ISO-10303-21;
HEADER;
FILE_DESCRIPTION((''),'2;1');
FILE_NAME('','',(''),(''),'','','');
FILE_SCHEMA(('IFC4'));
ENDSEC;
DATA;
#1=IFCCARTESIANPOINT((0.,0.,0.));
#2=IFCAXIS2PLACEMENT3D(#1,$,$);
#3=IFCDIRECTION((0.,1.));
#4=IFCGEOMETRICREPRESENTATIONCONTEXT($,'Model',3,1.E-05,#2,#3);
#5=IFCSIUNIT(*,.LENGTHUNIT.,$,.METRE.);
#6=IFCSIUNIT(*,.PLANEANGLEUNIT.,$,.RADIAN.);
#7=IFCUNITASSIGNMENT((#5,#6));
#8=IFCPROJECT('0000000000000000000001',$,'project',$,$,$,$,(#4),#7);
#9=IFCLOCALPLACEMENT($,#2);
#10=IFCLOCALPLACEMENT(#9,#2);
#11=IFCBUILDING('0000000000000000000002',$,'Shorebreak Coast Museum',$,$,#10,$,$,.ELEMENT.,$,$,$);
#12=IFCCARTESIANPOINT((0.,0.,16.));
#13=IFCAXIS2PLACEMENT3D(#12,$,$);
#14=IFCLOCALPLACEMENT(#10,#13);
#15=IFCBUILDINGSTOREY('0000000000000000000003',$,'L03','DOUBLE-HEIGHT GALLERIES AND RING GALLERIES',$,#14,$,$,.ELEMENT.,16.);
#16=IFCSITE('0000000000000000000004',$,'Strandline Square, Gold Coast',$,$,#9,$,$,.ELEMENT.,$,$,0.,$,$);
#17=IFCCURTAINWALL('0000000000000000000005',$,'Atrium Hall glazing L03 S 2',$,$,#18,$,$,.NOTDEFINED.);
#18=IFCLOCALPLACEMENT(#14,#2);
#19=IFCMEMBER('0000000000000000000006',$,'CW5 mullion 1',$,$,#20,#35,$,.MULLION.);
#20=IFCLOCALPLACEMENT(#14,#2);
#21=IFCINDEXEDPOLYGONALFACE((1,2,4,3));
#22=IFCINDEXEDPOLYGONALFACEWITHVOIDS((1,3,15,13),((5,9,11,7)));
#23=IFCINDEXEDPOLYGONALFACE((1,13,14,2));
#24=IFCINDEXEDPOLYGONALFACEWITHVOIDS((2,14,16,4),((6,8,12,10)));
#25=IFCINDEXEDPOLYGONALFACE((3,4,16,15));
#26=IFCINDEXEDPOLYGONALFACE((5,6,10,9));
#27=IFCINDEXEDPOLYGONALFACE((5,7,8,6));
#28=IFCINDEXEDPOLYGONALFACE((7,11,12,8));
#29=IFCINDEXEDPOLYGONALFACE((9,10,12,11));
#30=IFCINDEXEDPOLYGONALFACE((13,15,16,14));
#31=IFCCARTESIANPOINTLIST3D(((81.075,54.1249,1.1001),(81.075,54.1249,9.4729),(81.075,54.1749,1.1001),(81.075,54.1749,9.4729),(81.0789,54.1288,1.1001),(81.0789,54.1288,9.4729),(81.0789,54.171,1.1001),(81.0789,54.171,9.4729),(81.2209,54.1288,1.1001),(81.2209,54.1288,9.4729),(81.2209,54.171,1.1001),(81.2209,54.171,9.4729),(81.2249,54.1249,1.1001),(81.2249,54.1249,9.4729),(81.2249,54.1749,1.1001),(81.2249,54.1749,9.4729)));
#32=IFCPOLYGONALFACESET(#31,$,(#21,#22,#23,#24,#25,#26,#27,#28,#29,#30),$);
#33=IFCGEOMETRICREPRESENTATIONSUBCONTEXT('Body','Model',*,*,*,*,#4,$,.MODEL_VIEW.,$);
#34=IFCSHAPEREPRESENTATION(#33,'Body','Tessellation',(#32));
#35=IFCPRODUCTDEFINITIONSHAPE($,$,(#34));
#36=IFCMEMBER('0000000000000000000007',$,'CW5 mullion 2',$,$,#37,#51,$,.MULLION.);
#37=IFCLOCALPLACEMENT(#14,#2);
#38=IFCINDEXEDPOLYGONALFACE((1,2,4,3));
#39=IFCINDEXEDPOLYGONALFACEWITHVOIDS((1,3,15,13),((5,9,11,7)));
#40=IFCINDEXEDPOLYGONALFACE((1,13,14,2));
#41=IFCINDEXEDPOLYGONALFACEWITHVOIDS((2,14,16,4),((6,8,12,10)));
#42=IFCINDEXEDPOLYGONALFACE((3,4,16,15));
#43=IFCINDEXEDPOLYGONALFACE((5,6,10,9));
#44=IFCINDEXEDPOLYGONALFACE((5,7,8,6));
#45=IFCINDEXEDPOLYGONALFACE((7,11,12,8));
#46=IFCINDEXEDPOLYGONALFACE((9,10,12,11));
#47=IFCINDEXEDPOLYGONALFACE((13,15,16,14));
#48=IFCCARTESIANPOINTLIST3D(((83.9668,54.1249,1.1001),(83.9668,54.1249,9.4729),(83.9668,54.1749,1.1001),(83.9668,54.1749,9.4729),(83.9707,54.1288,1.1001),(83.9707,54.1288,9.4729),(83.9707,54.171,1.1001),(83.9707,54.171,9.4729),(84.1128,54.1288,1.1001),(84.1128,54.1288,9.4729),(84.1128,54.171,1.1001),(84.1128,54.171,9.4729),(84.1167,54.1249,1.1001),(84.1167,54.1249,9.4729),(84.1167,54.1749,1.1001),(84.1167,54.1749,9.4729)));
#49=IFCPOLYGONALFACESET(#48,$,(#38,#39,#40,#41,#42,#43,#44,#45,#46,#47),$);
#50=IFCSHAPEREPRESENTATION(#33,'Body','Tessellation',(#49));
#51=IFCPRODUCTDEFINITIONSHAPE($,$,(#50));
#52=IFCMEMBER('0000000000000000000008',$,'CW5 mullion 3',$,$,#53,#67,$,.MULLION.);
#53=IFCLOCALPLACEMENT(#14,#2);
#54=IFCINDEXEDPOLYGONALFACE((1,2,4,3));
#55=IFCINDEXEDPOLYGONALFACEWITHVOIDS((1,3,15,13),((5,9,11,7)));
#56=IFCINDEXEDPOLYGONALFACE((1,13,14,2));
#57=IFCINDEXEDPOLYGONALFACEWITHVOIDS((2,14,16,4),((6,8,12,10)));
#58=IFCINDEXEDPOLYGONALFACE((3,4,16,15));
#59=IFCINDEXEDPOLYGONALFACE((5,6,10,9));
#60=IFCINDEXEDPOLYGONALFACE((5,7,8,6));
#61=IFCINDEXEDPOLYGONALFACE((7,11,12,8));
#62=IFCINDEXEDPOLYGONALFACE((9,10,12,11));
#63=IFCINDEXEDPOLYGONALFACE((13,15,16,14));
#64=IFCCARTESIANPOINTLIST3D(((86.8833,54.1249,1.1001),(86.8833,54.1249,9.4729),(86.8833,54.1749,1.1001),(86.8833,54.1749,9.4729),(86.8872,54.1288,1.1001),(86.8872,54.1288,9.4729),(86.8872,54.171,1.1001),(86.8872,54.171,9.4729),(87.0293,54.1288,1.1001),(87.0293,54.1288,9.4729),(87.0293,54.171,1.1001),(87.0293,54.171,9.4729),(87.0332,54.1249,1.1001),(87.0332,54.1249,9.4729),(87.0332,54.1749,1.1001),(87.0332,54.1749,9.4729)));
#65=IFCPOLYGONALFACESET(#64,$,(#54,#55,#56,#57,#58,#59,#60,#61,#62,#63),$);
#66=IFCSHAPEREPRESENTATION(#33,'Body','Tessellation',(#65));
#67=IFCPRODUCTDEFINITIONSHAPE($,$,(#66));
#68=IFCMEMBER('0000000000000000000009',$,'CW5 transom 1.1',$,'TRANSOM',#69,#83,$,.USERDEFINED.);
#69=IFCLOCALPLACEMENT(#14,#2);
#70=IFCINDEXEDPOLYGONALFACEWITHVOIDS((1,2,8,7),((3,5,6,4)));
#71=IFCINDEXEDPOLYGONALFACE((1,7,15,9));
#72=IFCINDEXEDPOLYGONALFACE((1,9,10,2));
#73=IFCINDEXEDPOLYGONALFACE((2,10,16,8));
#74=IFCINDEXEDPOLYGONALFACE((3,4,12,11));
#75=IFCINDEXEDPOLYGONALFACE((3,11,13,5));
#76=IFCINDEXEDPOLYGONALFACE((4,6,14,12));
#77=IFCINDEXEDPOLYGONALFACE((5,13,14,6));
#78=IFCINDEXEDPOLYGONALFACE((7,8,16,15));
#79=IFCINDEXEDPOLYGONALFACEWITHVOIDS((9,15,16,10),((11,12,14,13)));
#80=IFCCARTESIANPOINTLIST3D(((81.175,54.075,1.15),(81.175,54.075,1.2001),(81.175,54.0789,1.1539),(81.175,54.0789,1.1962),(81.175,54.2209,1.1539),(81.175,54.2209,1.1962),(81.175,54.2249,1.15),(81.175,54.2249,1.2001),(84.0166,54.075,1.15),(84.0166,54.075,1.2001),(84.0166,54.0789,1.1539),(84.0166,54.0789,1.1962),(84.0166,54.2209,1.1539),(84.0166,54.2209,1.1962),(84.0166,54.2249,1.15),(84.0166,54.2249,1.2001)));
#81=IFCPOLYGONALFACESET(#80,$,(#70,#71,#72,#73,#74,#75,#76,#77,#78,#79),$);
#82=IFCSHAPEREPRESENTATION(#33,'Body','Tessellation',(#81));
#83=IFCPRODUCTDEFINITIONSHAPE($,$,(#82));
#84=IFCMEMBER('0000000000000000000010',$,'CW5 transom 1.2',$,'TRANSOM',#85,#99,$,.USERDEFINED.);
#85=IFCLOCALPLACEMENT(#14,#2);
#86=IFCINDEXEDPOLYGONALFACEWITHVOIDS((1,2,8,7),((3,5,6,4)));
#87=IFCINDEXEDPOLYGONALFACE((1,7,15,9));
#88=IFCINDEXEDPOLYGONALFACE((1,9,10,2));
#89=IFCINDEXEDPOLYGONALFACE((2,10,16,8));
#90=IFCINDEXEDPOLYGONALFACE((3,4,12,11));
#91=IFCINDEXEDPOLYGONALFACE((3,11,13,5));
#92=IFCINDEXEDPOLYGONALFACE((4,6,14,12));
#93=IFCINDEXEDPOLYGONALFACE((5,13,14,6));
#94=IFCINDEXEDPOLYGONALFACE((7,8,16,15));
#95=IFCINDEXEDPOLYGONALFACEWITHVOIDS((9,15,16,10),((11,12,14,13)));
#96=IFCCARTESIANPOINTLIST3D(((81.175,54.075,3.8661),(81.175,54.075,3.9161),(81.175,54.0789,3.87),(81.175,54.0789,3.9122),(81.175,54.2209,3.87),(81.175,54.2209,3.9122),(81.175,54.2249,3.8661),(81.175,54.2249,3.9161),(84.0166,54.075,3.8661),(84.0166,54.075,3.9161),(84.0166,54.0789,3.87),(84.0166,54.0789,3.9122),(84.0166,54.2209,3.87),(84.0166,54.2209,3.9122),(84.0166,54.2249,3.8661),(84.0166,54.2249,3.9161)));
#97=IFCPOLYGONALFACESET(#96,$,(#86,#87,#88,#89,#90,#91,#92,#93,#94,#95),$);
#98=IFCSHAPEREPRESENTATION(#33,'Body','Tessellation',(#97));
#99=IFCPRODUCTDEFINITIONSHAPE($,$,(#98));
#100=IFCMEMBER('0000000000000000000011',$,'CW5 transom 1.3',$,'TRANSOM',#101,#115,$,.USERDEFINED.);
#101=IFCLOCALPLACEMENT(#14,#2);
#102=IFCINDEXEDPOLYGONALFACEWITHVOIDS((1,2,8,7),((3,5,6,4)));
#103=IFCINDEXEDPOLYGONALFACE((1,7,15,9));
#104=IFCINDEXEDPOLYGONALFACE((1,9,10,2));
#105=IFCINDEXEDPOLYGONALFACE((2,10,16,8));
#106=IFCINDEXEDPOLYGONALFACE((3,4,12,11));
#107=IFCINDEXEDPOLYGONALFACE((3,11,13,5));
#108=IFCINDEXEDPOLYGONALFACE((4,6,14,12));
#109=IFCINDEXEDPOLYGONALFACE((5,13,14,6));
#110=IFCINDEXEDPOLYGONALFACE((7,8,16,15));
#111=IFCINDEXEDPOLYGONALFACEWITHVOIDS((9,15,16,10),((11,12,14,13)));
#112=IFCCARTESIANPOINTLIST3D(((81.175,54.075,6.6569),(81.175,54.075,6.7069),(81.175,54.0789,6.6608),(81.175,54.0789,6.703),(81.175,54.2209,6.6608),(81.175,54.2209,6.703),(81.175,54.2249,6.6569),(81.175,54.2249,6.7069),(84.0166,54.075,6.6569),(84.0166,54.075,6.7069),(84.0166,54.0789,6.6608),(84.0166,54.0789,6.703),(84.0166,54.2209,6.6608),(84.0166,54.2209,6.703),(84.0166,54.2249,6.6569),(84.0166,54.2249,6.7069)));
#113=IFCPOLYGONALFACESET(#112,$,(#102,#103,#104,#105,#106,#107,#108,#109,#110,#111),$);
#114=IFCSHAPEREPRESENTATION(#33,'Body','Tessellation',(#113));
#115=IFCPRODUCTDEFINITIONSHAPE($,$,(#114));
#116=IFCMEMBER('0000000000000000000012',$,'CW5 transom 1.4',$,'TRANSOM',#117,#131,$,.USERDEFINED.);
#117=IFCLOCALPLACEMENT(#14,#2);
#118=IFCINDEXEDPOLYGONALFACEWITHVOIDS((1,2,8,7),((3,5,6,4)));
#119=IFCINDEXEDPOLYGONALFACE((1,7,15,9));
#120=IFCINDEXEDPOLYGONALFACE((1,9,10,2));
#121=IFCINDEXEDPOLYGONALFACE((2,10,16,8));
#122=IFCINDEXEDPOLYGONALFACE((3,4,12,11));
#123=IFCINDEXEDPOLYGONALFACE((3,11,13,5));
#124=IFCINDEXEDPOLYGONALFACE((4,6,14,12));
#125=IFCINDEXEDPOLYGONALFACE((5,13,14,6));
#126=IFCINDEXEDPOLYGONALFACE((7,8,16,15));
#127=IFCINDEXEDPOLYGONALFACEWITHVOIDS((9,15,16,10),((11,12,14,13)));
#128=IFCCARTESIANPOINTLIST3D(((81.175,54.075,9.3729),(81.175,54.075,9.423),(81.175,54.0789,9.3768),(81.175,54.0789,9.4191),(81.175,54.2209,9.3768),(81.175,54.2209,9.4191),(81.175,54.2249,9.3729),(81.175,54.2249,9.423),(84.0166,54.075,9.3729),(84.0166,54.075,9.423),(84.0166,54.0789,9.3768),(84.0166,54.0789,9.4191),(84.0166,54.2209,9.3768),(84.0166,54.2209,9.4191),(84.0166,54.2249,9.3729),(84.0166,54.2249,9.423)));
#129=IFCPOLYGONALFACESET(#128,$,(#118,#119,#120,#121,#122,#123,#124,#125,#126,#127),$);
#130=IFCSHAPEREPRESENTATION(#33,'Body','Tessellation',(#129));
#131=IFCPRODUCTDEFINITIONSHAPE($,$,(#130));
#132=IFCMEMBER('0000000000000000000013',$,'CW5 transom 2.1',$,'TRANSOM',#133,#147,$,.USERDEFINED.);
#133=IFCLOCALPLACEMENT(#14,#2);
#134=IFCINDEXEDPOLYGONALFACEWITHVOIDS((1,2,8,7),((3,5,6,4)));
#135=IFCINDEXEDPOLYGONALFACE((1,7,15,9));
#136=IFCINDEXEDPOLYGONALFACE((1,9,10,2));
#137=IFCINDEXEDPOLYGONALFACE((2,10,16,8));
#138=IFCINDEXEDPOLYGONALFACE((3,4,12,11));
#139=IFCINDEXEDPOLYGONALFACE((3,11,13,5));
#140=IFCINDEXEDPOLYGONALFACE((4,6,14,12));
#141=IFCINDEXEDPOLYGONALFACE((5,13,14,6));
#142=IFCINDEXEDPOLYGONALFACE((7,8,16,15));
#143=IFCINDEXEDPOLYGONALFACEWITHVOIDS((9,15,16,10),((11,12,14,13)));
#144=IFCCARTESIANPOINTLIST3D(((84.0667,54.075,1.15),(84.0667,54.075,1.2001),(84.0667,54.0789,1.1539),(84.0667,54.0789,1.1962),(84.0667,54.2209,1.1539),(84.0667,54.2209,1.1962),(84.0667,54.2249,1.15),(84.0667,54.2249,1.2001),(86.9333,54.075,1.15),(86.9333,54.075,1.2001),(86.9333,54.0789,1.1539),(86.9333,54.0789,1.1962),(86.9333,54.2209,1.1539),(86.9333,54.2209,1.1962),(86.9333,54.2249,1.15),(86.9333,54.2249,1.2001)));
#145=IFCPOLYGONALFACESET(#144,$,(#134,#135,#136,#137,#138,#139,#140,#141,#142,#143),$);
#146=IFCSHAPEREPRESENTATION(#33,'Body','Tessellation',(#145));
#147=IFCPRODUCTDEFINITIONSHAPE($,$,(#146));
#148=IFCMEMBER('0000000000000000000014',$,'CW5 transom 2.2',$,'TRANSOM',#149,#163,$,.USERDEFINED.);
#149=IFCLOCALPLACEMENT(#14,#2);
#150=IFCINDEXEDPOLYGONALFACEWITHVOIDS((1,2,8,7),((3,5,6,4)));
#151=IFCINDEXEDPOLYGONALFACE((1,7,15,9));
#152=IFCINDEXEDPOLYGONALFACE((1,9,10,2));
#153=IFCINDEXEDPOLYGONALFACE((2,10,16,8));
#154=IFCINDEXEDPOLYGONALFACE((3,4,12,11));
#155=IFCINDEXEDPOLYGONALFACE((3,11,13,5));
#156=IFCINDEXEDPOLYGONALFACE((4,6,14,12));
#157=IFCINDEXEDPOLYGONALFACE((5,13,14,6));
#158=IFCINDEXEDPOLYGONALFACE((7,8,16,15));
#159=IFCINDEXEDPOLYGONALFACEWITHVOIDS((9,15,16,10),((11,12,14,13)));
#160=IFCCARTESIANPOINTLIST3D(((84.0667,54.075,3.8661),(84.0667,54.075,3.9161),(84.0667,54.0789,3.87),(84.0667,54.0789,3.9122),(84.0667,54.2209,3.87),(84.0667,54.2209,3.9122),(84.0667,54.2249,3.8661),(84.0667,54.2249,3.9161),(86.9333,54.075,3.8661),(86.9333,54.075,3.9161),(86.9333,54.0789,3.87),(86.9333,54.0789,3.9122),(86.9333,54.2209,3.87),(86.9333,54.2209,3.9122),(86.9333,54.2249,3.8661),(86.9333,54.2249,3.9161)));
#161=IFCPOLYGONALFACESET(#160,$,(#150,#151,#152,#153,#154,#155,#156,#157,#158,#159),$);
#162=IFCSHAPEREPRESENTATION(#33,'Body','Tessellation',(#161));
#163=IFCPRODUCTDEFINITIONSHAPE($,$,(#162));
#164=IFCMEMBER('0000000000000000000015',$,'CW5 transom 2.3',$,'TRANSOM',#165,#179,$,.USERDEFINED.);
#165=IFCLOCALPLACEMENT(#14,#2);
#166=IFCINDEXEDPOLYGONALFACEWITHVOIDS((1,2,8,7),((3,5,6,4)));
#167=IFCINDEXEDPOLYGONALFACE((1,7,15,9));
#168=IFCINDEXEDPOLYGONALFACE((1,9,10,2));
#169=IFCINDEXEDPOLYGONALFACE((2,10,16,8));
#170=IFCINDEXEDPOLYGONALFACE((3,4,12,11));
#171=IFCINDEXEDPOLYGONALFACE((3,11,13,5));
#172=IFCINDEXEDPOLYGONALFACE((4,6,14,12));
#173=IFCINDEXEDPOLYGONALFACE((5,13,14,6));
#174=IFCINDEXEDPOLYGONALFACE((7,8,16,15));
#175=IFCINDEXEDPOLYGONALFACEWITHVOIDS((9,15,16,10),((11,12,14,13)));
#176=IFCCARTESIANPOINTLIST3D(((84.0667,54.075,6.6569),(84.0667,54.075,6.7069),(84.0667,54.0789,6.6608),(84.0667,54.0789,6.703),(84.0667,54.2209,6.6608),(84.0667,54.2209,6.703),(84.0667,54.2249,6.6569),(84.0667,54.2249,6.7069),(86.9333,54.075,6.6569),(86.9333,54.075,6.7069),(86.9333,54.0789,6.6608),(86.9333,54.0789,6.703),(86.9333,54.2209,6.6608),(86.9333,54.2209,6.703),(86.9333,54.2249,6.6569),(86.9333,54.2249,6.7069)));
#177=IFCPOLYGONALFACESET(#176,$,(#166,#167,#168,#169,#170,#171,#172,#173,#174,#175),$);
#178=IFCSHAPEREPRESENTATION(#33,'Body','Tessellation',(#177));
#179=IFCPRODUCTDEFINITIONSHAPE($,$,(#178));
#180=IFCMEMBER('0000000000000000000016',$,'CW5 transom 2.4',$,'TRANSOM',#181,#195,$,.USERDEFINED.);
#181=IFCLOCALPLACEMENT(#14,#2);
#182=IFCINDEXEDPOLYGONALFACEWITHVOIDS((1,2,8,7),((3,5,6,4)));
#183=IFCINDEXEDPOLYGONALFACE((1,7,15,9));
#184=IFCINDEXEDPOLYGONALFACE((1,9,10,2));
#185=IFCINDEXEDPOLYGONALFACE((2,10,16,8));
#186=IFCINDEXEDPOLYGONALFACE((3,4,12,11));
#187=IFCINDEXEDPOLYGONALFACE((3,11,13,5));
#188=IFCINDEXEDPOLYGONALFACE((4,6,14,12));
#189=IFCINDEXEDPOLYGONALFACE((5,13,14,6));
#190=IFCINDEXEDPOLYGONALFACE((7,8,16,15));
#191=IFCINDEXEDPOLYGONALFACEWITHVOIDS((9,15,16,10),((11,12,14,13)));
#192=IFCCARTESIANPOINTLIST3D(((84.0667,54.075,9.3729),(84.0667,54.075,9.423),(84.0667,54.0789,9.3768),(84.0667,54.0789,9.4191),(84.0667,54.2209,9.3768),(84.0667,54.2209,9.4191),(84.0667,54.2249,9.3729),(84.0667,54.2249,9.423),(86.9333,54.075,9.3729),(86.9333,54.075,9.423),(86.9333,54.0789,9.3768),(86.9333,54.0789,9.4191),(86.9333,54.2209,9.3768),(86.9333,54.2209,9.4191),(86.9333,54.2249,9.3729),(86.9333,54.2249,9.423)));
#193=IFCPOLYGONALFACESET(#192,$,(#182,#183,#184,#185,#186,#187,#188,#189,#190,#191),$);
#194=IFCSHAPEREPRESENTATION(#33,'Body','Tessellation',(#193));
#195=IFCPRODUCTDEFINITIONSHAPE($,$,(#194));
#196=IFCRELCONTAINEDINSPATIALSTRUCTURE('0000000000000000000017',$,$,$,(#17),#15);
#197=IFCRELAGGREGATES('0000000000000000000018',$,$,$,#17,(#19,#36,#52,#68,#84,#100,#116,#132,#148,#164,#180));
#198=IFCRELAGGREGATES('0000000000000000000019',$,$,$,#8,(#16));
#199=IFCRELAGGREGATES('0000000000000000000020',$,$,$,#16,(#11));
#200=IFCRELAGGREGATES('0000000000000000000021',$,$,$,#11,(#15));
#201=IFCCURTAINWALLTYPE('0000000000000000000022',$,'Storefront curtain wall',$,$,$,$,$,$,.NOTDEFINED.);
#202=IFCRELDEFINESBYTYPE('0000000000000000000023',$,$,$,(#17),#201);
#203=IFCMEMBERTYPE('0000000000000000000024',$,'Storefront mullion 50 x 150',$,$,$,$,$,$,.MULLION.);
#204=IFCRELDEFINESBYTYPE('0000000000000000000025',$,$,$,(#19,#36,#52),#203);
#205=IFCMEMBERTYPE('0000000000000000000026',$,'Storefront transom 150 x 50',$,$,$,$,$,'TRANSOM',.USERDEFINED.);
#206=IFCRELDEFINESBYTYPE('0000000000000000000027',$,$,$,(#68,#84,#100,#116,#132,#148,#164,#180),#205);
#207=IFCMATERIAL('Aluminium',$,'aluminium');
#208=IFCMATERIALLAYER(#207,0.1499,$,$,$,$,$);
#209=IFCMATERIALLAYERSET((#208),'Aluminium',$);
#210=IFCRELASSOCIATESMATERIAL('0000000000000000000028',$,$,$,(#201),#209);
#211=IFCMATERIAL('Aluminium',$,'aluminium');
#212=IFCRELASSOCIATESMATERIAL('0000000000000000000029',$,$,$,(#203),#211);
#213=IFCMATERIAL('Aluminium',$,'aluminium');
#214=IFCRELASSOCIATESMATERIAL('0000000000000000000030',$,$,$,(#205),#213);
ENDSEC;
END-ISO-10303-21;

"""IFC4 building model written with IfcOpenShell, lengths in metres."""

from ifc_helpers import new_model, si_unit, direction, frame, origin, origin_2d, place, context, subcontext, project, spatial, hollow_rectangle, extrude, material, layer, layer_set, material_profile, profile_set, type_object, element, aggregate, save


model = new_model("IFC4")

# Units and contexts
model_context = context("Model", 3, precision=1e-05, world=origin(), true_north=direction((0.0, 1.0)))
body_context = subcontext(model_context, "Body", "Model", "MODEL_VIEW")
ifc_project = project(units=[si_unit("LENGTHUNIT", "METRE"), si_unit("PLANEANGLEUNIT", "RADIAN")], contexts=[model_context])

# Site, building, storey
site_placement = place(None, origin())
site = spatial("IfcSite", under=ifc_project, at=site_placement, Name="Strandline Square, Gold Coast", CompositionType="ELEMENT", RefElevation=0.0)
building_placement = place(site_placement, origin())
building = spatial("IfcBuilding", under=site, at=building_placement, Name="Shorebreak Coast Museum", CompositionType="ELEMENT")
storey_placement = place(building_placement, frame((0.0, 0.0, 16.0)))
storey = spatial("IfcBuildingStorey", under=building, at=storey_placement, Name="L03", Description="DOUBLE-HEIGHT GALLERIES AND RING GALLERIES", CompositionType="ELEMENT", Elevation=16.0)

# Curtain wall, members
ifc_material_1 = material(Name="Aluminium", Category="aluminium")
ifc_layer_1 = layer(ifc_material_1, 0.1499)
ifc_layer_set_1 = layer_set([ifc_layer_1], Name="Aluminium")
curtain_wall_type = type_object("IfcCurtainWallType", Name="Storefront curtain wall", PredefinedType="NOTDEFINED", material=ifc_layer_set_1)
curtain_wall_placement = place(storey_placement, origin())
curtain_wall = element("IfcCurtainWall", 1, at=curtain_wall_placement, inside=storey, type_object=curtain_wall_type, Name="Atrium Hall glazing L03 S 2", PredefinedType="NOTDEFINED")
ifc_material_2 = material(Name="Aluminium", Category="aluminium")
ifc_material_profile_1 = material_profile(ifc_material_2, hollow_rectangle(XDim=0.05, YDim=0.1499, WallThickness=0.0039, at=origin_2d()), Name="AL 150x50 RHS")
ifc_profile_set_1 = profile_set([ifc_material_profile_1], Name="Aluminium")
member_type_1 = type_object("IfcMemberType", Name="Storefront mullion 50 x 150", PredefinedType="MULLION", material=ifc_profile_set_1)
member_1_placement = place(storey_placement, frame((81.1499, 54.1499, 1.1001), z_axis=(0.0, 0.0, 1.0), x_axis=(0.0, 1.0, 0.0)))
member_1 = element("IfcMember", 2, at=member_1_placement, type_object=member_type_1, Name="CW5 mullion 1", PredefinedType="MULLION", context=body_context, shape_type="SweptSolid", body=[
    extrude(hollow_rectangle(XDim=0.05, YDim=0.1499, WallThickness=0.0039, at=origin_2d()), origin(), (0.0, 0.0, 1.0), 8.3728),
])
member_2_placement = place(storey_placement, frame((84.0417, 54.1499, 1.1001), z_axis=(0.0, 0.0, 1.0), x_axis=(0.0, 1.0, 0.0)))
member_2 = element("IfcMember", 3, at=member_2_placement, type_object=member_type_1, Name="CW5 mullion 2", PredefinedType="MULLION", context=body_context, shape_type="SweptSolid", body=[
    extrude(hollow_rectangle(XDim=0.05, YDim=0.1499, WallThickness=0.0039, at=origin_2d()), origin(), (0.0, 0.0, 1.0), 8.3728),
])
member_3_placement = place(storey_placement, frame((86.9583, 54.1499, 1.1001), z_axis=(0.0, 0.0, 1.0), x_axis=(0.0, 1.0, 0.0)))
member_3 = element("IfcMember", 4, at=member_3_placement, type_object=member_type_1, Name="CW5 mullion 3", PredefinedType="MULLION", context=body_context, shape_type="SweptSolid", body=[
    extrude(hollow_rectangle(XDim=0.05, YDim=0.1499, WallThickness=0.0039, at=origin_2d()), origin(), (0.0, 0.0, 1.0), 8.3728),
])
ifc_material_3 = material(Name="Aluminium", Category="aluminium")
ifc_material_profile_2 = material_profile(ifc_material_3, hollow_rectangle(XDim=0.1499, YDim=0.05, WallThickness=0.0039, at=origin_2d()), Name="AL 50x150 RHS")
ifc_profile_set_2 = profile_set([ifc_material_profile_2], Name="Aluminium")
member_type_2 = type_object("IfcMemberType", Name="Storefront transom 150 x 50", ElementType="TRANSOM", PredefinedType="USERDEFINED", material=ifc_profile_set_2)
member_4_placement = place(storey_placement, frame((81.175, 54.1499, 1.175), z_axis=(1.0, 0.0, 0.0), x_axis=(0.0, 1.0, 0.0)))
member_4 = element("IfcMember", 5, at=member_4_placement, type_object=member_type_2, Name="CW5 transom 1.1", ObjectType="TRANSOM", PredefinedType="USERDEFINED", context=body_context, shape_type="SweptSolid", body=[
    extrude(hollow_rectangle(XDim=0.1499, YDim=0.05, WallThickness=0.0039, at=origin_2d()), origin(), (0.0, 0.0, 1.0), 2.8416),
])
member_5_placement = place(storey_placement, frame((81.175, 54.1499, 3.8911), z_axis=(1.0, 0.0, 0.0), x_axis=(0.0, 1.0, 0.0)))
member_5 = element("IfcMember", 6, at=member_5_placement, type_object=member_type_2, Name="CW5 transom 1.2", ObjectType="TRANSOM", PredefinedType="USERDEFINED", context=body_context, shape_type="SweptSolid", body=[
    extrude(hollow_rectangle(XDim=0.1499, YDim=0.05, WallThickness=0.0039, at=origin_2d()), origin(), (0.0, 0.0, 1.0), 2.8416),
])
member_6_placement = place(storey_placement, frame((81.175, 54.1499, 6.6819), z_axis=(1.0, 0.0, 0.0), x_axis=(0.0, 1.0, 0.0)))
member_6 = element("IfcMember", 7, at=member_6_placement, type_object=member_type_2, Name="CW5 transom 1.3", ObjectType="TRANSOM", PredefinedType="USERDEFINED", context=body_context, shape_type="SweptSolid", body=[
    extrude(hollow_rectangle(XDim=0.1499, YDim=0.05, WallThickness=0.0039, at=origin_2d()), origin(), (0.0, 0.0, 1.0), 2.8416),
])
member_7_placement = place(storey_placement, frame((81.175, 54.1499, 9.3979), z_axis=(1.0, 0.0, 0.0), x_axis=(0.0, 1.0, 0.0)))
member_7 = element("IfcMember", 8, at=member_7_placement, type_object=member_type_2, Name="CW5 transom 1.4", ObjectType="TRANSOM", PredefinedType="USERDEFINED", context=body_context, shape_type="SweptSolid", body=[
    extrude(hollow_rectangle(XDim=0.1499, YDim=0.05, WallThickness=0.0039, at=origin_2d()), origin(), (0.0, 0.0, 1.0), 2.8416),
])
member_8_placement = place(storey_placement, frame((84.0667, 54.1499, 1.175), z_axis=(1.0, 0.0, 0.0), x_axis=(0.0, 1.0, 0.0)))
member_8 = element("IfcMember", 9, at=member_8_placement, type_object=member_type_2, Name="CW5 transom 2.1", ObjectType="TRANSOM", PredefinedType="USERDEFINED", context=body_context, shape_type="SweptSolid", body=[
    extrude(hollow_rectangle(XDim=0.1499, YDim=0.05, WallThickness=0.0039, at=origin_2d()), origin(), (0.0, 0.0, 1.0), 2.8667),
])
member_9_placement = place(storey_placement, frame((84.0667, 54.1499, 3.8911), z_axis=(1.0, 0.0, 0.0), x_axis=(0.0, 1.0, 0.0)))
member_9 = element("IfcMember", 10, at=member_9_placement, type_object=member_type_2, Name="CW5 transom 2.2", ObjectType="TRANSOM", PredefinedType="USERDEFINED", context=body_context, shape_type="SweptSolid", body=[
    extrude(hollow_rectangle(XDim=0.1499, YDim=0.05, WallThickness=0.0039, at=origin_2d()), origin(), (0.0, 0.0, 1.0), 2.8667),
])
member_10_placement = place(storey_placement, frame((84.0667, 54.1499, 6.6819), z_axis=(1.0, 0.0, 0.0), x_axis=(0.0, 1.0, 0.0)))
member_10 = element("IfcMember", 11, at=member_10_placement, type_object=member_type_2, Name="CW5 transom 2.3", ObjectType="TRANSOM", PredefinedType="USERDEFINED", context=body_context, shape_type="SweptSolid", body=[
    extrude(hollow_rectangle(XDim=0.1499, YDim=0.05, WallThickness=0.0039, at=origin_2d()), origin(), (0.0, 0.0, 1.0), 2.8667),
])
member_11_placement = place(storey_placement, frame((84.0667, 54.1499, 9.3979), z_axis=(1.0, 0.0, 0.0), x_axis=(0.0, 1.0, 0.0)))
member_11 = element("IfcMember", 12, at=member_11_placement, type_object=member_type_2, Name="CW5 transom 2.4", ObjectType="TRANSOM", PredefinedType="USERDEFINED", context=body_context, shape_type="SweptSolid", body=[
    extrude(hollow_rectangle(XDim=0.1499, YDim=0.05, WallThickness=0.0039, at=origin_2d()), origin(), (0.0, 0.0, 1.0), 2.8667),
])
aggregate(curtain_wall, [member_1, member_2, member_3, member_4, member_5, member_6, member_7, member_8, member_9, member_10, member_11])

save(model, "model.ifc")
